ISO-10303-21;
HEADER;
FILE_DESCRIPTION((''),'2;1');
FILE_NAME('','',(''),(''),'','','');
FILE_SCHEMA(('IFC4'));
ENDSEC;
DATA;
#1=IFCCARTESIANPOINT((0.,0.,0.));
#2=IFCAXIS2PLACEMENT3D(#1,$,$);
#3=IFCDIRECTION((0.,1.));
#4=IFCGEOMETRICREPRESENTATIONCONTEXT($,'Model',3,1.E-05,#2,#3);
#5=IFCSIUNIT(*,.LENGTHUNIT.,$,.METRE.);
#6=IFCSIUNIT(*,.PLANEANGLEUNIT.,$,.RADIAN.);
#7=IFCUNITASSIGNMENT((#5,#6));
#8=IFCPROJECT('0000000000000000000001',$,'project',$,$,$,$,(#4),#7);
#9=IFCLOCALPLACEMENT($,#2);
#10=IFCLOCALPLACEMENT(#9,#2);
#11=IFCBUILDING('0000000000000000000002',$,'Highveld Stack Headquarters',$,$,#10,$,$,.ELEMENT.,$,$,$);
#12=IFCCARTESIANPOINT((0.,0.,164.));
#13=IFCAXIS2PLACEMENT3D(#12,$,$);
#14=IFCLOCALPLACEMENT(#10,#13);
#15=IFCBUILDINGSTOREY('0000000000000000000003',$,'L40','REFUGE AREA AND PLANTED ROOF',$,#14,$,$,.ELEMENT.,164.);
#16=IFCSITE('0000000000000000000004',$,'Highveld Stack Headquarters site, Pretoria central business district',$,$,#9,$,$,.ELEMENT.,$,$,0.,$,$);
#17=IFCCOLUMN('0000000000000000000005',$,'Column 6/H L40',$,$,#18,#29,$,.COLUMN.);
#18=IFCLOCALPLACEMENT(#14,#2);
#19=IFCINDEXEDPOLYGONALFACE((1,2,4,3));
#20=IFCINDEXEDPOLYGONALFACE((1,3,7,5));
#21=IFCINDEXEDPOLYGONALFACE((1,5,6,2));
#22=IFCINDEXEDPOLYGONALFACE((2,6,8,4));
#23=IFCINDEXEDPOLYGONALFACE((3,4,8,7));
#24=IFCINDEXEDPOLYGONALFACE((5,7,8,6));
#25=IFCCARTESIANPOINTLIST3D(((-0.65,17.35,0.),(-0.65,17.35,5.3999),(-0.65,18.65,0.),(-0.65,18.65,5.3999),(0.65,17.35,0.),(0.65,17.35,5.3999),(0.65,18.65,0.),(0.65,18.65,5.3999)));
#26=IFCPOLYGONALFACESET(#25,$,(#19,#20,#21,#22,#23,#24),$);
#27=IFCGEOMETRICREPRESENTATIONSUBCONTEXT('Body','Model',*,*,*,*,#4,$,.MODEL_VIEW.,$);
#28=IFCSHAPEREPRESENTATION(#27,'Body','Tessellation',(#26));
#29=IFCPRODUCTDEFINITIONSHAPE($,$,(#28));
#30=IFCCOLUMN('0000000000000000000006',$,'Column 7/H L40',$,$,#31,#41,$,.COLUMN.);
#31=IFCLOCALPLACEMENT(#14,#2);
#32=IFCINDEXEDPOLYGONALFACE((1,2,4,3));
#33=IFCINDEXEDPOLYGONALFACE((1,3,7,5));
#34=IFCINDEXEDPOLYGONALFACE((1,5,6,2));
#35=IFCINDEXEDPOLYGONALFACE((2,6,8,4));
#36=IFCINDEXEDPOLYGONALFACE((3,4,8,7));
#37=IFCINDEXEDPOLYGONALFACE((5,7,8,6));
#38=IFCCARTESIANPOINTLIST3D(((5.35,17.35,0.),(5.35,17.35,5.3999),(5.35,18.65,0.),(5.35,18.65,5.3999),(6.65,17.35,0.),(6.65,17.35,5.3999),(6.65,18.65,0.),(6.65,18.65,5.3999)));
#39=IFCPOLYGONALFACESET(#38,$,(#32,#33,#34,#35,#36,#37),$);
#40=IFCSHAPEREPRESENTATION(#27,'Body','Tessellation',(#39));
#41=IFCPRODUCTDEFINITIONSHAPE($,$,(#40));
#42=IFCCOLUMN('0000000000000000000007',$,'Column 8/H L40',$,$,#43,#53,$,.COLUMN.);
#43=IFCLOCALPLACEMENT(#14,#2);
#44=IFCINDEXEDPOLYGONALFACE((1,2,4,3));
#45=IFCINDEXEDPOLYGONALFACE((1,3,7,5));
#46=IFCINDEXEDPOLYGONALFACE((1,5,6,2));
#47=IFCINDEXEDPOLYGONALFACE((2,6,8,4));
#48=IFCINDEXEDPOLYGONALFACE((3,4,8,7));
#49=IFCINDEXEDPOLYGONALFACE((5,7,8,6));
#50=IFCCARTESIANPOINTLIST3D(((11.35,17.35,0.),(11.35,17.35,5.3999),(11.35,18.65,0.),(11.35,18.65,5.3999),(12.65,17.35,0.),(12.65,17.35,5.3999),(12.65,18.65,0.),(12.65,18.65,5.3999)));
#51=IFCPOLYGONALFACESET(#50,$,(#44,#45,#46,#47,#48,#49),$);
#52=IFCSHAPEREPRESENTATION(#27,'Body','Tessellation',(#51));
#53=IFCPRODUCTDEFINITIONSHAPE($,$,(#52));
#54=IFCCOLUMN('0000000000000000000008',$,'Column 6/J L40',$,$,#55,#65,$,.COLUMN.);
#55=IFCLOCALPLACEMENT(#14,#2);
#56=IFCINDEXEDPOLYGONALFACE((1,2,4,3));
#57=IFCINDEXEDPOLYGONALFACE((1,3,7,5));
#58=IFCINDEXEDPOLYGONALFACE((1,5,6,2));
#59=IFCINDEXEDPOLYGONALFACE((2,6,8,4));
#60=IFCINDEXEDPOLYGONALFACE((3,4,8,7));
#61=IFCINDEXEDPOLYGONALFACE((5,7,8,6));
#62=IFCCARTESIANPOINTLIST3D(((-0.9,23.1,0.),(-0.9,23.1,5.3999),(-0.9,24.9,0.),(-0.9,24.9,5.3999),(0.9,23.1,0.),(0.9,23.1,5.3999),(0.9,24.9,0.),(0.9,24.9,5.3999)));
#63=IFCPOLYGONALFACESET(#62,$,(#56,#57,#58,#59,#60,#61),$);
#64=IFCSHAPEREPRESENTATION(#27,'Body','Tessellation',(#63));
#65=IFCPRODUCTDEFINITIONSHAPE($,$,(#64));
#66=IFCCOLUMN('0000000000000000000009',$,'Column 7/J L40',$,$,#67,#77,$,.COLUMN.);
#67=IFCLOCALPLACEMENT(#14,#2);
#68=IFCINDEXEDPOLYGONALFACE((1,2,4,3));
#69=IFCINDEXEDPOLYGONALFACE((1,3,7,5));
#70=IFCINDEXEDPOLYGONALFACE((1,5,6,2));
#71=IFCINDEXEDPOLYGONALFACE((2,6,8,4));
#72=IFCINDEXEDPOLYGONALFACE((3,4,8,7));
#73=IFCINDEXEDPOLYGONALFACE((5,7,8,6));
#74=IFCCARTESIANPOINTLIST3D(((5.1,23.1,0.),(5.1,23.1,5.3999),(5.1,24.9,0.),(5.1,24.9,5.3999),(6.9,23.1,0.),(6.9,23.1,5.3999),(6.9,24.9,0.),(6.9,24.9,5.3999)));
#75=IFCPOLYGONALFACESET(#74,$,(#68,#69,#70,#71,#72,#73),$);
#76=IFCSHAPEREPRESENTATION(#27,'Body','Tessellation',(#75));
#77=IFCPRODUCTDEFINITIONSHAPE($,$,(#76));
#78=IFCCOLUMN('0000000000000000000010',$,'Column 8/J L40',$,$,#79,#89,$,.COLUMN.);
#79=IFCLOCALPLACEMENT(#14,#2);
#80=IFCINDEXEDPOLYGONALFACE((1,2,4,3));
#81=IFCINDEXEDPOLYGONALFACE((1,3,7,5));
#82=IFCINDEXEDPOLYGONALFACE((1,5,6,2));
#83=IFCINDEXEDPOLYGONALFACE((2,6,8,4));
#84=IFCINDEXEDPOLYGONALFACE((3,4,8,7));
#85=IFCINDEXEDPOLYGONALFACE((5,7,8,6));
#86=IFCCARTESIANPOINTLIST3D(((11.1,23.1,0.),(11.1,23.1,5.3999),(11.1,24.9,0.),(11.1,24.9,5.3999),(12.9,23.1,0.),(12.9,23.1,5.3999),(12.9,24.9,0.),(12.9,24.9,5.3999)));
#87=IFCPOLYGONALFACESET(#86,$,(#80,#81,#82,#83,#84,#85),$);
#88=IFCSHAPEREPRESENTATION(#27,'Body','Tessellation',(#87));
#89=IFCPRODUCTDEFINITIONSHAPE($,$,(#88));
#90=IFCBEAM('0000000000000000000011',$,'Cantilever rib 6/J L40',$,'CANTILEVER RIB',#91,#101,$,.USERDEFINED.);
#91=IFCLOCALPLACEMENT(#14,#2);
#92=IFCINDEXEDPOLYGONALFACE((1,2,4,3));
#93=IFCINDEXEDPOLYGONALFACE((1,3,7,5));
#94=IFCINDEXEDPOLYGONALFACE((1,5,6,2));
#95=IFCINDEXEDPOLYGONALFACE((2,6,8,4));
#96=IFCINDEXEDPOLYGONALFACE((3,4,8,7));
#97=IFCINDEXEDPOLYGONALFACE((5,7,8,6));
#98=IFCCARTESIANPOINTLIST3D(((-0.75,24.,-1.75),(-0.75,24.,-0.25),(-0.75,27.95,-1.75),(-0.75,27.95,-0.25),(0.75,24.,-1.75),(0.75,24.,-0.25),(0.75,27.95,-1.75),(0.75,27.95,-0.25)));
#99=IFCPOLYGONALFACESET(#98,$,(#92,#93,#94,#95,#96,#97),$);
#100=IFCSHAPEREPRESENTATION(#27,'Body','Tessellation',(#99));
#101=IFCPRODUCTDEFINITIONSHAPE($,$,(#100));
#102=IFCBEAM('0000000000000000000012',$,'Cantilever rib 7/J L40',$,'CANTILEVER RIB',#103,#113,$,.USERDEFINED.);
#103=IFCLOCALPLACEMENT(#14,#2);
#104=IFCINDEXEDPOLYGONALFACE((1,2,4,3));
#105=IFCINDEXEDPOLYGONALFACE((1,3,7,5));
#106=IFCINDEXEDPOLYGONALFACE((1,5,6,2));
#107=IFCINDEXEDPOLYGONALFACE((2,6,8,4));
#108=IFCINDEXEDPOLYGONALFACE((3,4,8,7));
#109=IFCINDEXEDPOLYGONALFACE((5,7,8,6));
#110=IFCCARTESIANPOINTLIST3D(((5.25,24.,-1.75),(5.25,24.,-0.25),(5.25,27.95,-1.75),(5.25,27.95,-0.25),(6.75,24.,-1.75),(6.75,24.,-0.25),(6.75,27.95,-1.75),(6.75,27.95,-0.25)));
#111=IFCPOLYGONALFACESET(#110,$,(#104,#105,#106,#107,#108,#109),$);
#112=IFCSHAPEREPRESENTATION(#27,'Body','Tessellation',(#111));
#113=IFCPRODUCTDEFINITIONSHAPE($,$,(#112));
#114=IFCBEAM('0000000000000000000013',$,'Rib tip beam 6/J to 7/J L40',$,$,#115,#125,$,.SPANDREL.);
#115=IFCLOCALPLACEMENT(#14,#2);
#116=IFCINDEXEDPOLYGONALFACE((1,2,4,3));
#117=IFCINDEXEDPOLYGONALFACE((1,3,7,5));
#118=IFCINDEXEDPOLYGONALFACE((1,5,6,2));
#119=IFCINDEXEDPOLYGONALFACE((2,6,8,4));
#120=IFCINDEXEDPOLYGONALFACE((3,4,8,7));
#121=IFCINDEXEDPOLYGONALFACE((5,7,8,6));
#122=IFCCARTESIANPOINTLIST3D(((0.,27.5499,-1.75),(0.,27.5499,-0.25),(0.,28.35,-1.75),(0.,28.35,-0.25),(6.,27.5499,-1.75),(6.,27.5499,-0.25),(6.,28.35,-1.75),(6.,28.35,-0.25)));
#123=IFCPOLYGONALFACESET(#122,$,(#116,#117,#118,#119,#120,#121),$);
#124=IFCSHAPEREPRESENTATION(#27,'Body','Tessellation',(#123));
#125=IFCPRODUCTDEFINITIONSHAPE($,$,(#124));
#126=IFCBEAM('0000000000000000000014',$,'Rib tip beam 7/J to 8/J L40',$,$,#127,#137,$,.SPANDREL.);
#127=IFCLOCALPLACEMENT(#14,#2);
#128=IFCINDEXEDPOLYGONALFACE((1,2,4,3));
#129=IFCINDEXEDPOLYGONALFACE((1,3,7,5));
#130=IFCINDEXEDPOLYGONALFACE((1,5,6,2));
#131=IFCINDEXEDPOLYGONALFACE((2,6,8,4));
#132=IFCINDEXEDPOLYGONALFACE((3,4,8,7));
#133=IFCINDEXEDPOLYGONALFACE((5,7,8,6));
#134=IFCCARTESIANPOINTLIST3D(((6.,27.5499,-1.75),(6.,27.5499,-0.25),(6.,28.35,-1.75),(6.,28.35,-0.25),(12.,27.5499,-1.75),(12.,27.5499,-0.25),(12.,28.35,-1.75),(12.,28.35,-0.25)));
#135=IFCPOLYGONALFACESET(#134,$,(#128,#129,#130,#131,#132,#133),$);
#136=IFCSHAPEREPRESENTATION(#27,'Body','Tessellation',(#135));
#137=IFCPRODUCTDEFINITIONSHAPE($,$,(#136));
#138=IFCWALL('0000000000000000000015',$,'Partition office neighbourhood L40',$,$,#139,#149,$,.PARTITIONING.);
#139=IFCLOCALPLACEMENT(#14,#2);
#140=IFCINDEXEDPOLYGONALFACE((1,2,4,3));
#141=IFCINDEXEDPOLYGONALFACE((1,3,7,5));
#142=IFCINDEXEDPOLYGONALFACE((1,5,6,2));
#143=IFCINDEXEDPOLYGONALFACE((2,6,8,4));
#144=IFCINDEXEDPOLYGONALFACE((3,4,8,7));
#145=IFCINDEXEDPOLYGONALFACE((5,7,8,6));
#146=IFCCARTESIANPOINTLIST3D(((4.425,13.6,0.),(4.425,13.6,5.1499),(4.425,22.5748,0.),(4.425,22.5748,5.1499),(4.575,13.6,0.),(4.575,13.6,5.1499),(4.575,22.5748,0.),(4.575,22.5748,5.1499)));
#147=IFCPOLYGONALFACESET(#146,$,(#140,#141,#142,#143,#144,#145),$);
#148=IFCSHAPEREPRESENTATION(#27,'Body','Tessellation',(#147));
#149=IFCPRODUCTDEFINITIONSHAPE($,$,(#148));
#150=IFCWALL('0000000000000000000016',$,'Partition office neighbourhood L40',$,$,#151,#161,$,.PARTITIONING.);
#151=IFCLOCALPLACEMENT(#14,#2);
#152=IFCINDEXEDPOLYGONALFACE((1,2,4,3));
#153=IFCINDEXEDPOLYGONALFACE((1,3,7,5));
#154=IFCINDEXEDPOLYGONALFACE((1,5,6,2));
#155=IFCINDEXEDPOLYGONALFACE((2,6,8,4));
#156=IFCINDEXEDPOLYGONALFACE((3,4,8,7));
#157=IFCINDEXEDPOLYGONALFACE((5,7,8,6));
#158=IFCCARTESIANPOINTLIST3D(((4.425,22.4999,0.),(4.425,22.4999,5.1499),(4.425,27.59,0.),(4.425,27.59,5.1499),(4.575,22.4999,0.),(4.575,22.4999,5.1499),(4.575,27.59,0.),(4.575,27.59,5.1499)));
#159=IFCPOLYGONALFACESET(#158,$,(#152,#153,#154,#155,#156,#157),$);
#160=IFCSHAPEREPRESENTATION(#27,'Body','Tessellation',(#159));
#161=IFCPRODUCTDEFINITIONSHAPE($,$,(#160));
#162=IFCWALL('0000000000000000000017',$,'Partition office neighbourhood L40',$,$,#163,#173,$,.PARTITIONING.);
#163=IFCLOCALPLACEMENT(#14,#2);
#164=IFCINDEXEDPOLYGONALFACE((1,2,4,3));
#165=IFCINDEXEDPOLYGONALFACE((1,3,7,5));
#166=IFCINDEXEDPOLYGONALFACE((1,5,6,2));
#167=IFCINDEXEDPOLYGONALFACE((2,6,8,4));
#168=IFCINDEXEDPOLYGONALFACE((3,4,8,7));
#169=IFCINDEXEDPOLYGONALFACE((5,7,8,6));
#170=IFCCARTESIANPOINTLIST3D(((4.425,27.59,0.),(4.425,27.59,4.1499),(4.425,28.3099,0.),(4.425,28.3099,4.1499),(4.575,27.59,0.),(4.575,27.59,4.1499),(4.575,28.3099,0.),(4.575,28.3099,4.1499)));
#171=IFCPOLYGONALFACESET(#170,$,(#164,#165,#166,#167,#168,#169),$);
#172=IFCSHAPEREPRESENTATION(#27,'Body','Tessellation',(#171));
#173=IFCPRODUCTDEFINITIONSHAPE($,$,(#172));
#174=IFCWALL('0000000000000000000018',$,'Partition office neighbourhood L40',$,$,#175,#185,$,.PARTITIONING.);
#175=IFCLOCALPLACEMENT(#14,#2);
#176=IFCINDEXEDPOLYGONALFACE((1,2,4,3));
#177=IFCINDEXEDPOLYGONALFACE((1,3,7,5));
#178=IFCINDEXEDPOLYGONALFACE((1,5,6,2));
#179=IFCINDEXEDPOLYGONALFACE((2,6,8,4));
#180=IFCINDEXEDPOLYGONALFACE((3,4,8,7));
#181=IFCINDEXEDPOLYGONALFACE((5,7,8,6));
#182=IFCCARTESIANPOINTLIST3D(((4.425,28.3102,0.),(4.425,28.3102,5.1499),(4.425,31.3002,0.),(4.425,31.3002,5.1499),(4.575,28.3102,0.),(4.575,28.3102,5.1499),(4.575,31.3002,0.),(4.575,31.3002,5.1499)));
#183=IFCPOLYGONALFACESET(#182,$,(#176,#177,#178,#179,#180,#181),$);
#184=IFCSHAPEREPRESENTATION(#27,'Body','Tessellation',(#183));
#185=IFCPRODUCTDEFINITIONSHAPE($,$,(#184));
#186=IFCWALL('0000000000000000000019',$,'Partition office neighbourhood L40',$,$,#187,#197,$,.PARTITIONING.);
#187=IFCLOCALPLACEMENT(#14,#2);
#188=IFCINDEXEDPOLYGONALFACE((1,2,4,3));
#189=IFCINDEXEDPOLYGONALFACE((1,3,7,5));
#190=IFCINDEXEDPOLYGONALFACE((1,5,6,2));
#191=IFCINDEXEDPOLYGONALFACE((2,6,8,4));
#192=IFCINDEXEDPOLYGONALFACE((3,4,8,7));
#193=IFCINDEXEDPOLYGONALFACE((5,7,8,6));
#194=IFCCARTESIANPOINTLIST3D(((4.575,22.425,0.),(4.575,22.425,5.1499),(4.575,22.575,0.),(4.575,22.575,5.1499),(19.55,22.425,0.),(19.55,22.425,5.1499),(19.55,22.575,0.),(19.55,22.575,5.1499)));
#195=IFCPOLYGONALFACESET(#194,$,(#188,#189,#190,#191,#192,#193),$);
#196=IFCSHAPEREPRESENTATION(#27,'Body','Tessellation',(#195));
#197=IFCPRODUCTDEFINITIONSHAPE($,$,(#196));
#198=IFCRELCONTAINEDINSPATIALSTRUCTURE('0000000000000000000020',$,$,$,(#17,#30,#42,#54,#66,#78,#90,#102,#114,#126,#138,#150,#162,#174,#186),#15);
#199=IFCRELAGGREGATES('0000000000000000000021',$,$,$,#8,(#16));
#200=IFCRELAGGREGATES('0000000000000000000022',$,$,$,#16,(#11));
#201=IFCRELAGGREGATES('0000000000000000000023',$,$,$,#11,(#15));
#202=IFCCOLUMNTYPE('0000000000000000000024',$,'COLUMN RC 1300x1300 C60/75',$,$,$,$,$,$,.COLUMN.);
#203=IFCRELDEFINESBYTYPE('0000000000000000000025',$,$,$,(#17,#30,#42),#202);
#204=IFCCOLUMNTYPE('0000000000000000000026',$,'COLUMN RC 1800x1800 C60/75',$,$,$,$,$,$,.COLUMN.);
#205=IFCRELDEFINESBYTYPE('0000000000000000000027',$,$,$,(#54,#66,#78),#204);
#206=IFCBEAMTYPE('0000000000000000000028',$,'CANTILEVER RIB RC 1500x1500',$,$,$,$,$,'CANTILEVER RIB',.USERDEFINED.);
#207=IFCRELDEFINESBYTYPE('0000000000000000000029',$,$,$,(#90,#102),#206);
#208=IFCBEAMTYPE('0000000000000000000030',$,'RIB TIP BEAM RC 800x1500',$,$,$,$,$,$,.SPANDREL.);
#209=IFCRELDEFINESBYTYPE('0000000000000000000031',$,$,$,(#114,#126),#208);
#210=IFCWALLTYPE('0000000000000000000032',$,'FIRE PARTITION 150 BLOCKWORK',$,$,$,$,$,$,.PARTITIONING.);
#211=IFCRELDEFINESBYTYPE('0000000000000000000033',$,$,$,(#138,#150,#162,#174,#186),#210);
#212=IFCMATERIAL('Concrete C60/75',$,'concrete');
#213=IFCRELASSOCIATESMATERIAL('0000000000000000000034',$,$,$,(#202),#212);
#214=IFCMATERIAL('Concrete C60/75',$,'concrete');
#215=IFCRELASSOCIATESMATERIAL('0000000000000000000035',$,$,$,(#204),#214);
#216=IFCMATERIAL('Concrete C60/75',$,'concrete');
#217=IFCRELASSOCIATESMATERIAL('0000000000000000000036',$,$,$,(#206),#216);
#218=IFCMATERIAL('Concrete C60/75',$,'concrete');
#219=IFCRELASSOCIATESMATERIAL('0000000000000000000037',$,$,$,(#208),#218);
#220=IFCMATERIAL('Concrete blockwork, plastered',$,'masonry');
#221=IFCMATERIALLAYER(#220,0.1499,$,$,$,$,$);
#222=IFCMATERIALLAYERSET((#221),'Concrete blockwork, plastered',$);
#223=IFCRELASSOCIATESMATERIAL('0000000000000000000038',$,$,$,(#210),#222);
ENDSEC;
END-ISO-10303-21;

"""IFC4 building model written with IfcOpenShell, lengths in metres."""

from ifc_helpers import new_model, si_unit, direction, frame, frame_2d, origin, origin_2d, place, context, subcontext, project, spatial, rectangle, extrude, material, layer, layer_set, material_profile, profile_set, type_object, element, save


model = new_model("IFC4")

# Units and contexts
model_context = context("Model", 3, precision=1e-05, world=origin(), true_north=direction((0.0, 1.0)))
body_context = subcontext(model_context, "Body", "Model", "MODEL_VIEW")
ifc_project = project(units=[si_unit("LENGTHUNIT", "METRE"), si_unit("PLANEANGLEUNIT", "RADIAN")], contexts=[model_context])

# Site, building, storey
site_placement = place(None, origin())
site = spatial("IfcSite", under=ifc_project, at=site_placement, Name="Highveld Stack Headquarters site, Pretoria central business district", CompositionType="ELEMENT", RefElevation=0.0)
building_placement = place(site_placement, origin())
building = spatial("IfcBuilding", under=site, at=building_placement, Name="Highveld Stack Headquarters", CompositionType="ELEMENT")
storey_placement = place(building_placement, frame((0.0, 0.0, 164.0)))
storey = spatial("IfcBuildingStorey", under=building, at=storey_placement, Name="L40", Description="REFUGE AREA AND PLANTED ROOF", CompositionType="ELEMENT", Elevation=164.0)

# Columns
ifc_material_1 = material(Name="Concrete C60/75", Category="concrete")
ifc_material_profile_1 = material_profile(ifc_material_1, rectangle(XDim=1.3, YDim=1.3, at=origin_2d()), Name="RC 1300x1300")
ifc_profile_set_1 = profile_set([ifc_material_profile_1], Name="Concrete C60/75")
column_type_1 = type_object("IfcColumnType", Name="COLUMN RC 1300x1300 C60/75", PredefinedType="COLUMN", material=ifc_profile_set_1)
for number, where, z_axis, x_axis, name in (
    (1, (0.0, 18.0, 0.0), (0.0, 0.0, 1.0), (1.0, 0.0, 0.0), "Column 6/H L40"),
    (2, (6.0, 18.0, 0.0), (0.0, 0.0, 1.0), (1.0, 0.0, 0.0), "Column 7/H L40"),
    (3, (12.0, 18.0, 0.0), (0.0, 0.0, 1.0), (1.0, 0.0, 0.0), "Column 8/H L40"),
):
    element("IfcColumn", number, at=place(storey_placement, frame(where, z_axis=z_axis, x_axis=x_axis)), inside=storey, type_object=column_type_1, Name=name, PredefinedType="COLUMN", context=body_context, shape_type="SweptSolid", body=[
        extrude(rectangle(XDim=1.3, YDim=1.3, at=origin_2d()), origin(), (0.0, 0.0, 1.0), 5.3999),
    ])
ifc_material_2 = material(Name="Concrete C60/75", Category="concrete")
ifc_material_profile_2 = material_profile(ifc_material_2, rectangle(XDim=1.8, YDim=1.8, at=origin_2d()), Name="RC 1800x1800")
ifc_profile_set_2 = profile_set([ifc_material_profile_2], Name="Concrete C60/75")
column_type_2 = type_object("IfcColumnType", Name="COLUMN RC 1800x1800 C60/75", PredefinedType="COLUMN", material=ifc_profile_set_2)
for number, where, z_axis, x_axis, name in (
    (4, (0.0, 24.0, 0.0), (0.0, 0.0, 1.0), (1.0, 0.0, 0.0), "Column 6/J L40"),
    (5, (6.0, 24.0, 0.0), (0.0, 0.0, 1.0), (1.0, 0.0, 0.0), "Column 7/J L40"),
    (6, (12.0, 24.0, 0.0), (0.0, 0.0, 1.0), (1.0, 0.0, 0.0), "Column 8/J L40"),
):
    element("IfcColumn", number, at=place(storey_placement, frame(where, z_axis=z_axis, x_axis=x_axis)), inside=storey, type_object=column_type_2, Name=name, PredefinedType="COLUMN", context=body_context, shape_type="SweptSolid", body=[
        extrude(rectangle(XDim=1.8, YDim=1.8, at=origin_2d()), origin(), (0.0, 0.0, 1.0), 5.3999),
    ])

# Beams
ifc_material_3 = material(Name="Concrete C60/75", Category="concrete")
ifc_material_profile_3 = material_profile(ifc_material_3, rectangle(XDim=1.5, YDim=1.5, at=origin_2d()), Name="RC 1500x1500")
ifc_profile_set_3 = profile_set([ifc_material_profile_3], Name="Concrete C60/75")
beam_type_1 = type_object("IfcBeamType", Name="CANTILEVER RIB RC 1500x1500", ElementType="CANTILEVER RIB", PredefinedType="USERDEFINED", material=ifc_profile_set_3)
for number, where, z_axis, x_axis, name in (
    (7, (0.0, 24.0, -1.0), (0.0, 1.0, 0.0), (-1.0, 0.0, 0.0), "Cantilever rib 6/J L40"),
    (8, (6.0, 24.0, -1.0), (0.0, 1.0, 0.0), (-1.0, 0.0, 0.0), "Cantilever rib 7/J L40"),
):
    element("IfcBeam", number, at=place(storey_placement, frame(where, z_axis=z_axis, x_axis=x_axis)), inside=storey, type_object=beam_type_1, Name=name, ObjectType="CANTILEVER RIB", PredefinedType="USERDEFINED", context=body_context, shape_type="SweptSolid", body=[
        extrude(rectangle(XDim=1.5, YDim=1.5, at=origin_2d()), origin(), (0.0, 0.0, 1.0), 3.95),
    ])
ifc_material_4 = material(Name="Concrete C60/75", Category="concrete")
ifc_material_profile_4 = material_profile(ifc_material_4, rectangle(XDim=0.8, YDim=1.5, at=origin_2d()), Name="RC 800x1500")
ifc_profile_set_4 = profile_set([ifc_material_profile_4], Name="Concrete C60/75")
beam_type_2 = type_object("IfcBeamType", Name="RIB TIP BEAM RC 800x1500", PredefinedType="SPANDREL", material=ifc_profile_set_4)
for number, where, z_axis, x_axis, name in (
    (9, (0.0, 27.95, -1.0), (1.0, 0.0, 0.0), (0.0, 1.0, 0.0), "Rib tip beam 6/J to 7/J L40"),
    (10, (6.0, 27.95, -1.0), (1.0, 0.0, 0.0), (0.0, 1.0, 0.0), "Rib tip beam 7/J to 8/J L40"),
):
    element("IfcBeam", number, at=place(storey_placement, frame(where, z_axis=z_axis, x_axis=x_axis)), inside=storey, type_object=beam_type_2, Name=name, PredefinedType="SPANDREL", context=body_context, shape_type="SweptSolid", body=[
        extrude(rectangle(XDim=0.8, YDim=1.5, at=origin_2d()), origin(), (0.0, 0.0, 1.0), 6.0),
    ])

# Walls
ifc_material_5 = material(Name="Concrete blockwork, plastered", Category="masonry")
ifc_layer_1 = layer(ifc_material_5, 0.1499)
ifc_layer_set_1 = layer_set([ifc_layer_1], Name="Concrete blockwork, plastered")
wall_type_1 = type_object("IfcWallType", Name="FIRE PARTITION 150 BLOCKWORK", PredefinedType="PARTITIONING", material=ifc_layer_set_1)
wall_1_placement = place(storey_placement, frame((4.5, 13.6001, 0.0), z_axis=(0.0, 0.0, 1.0), x_axis=(0.0, 1.0, 0.0)))
element("IfcWall", 11, at=wall_1_placement, inside=storey, type_object=wall_type_1, Name="Partition office neighbourhood L40", PredefinedType="PARTITIONING", context=body_context, shape_type="SweptSolid", body=[
    extrude(rectangle(XDim=8.9749, YDim=0.1499, at=frame_2d((4.4873, 0.0))), origin(), (0.0, 0.0, 1.0), 5.1499),
])
wall_2_placement = place(storey_placement, frame((4.5, 22.5, 0.0), z_axis=(0.0, 0.0, 1.0), x_axis=(0.0, 1.0, 0.0)))
element("IfcWall", 12, at=wall_2_placement, inside=storey, type_object=wall_type_1, Name="Partition office neighbourhood L40", PredefinedType="PARTITIONING", context=body_context, shape_type="SweptSolid", body=[
    extrude(rectangle(XDim=5.0901, YDim=0.1499, at=frame_2d((2.5449, 0.0))), origin(), (0.0, 0.0, 1.0), 5.1499),
])
wall_3_placement = place(storey_placement, frame((4.5, 27.5901, 0.0), z_axis=(0.0, 0.0, 1.0), x_axis=(0.0, 1.0, 0.0)))
element("IfcWall", 13, at=wall_3_placement, inside=storey, type_object=wall_type_1, Name="Partition office neighbourhood L40", PredefinedType="PARTITIONING", context=body_context, shape_type="SweptSolid", body=[
    extrude(rectangle(XDim=0.72, YDim=0.1499, at=frame_2d((0.3599, 0.0))), origin(), (0.0, 0.0, 1.0), 4.1499),
])
wall_4_placement = place(storey_placement, frame((4.5, 28.3101, 0.0), z_axis=(0.0, 0.0, 1.0), x_axis=(0.0, 1.0, 0.0)))
element("IfcWall", 14, at=wall_4_placement, inside=storey, type_object=wall_type_1, Name="Partition office neighbourhood L40", PredefinedType="PARTITIONING", context=body_context, shape_type="SweptSolid", body=[
    extrude(rectangle(XDim=2.99, YDim=0.1499, at=frame_2d((1.4951, 0.0))), origin(), (0.0, 0.0, 1.0), 5.1499),
])
wall_5_placement = place(storey_placement, frame((4.575, 22.5, 0.0), z_axis=(0.0, 0.0, 1.0), x_axis=(1.0, 0.0, 0.0)))
element("IfcWall", 15, at=wall_5_placement, inside=storey, type_object=wall_type_1, Name="Partition office neighbourhood L40", PredefinedType="PARTITIONING", context=body_context, shape_type="SweptSolid", body=[
    extrude(rectangle(XDim=14.9751, YDim=0.1499, at=frame_2d((7.4875, 0.0))), origin(), (0.0, 0.0, 1.0), 5.1499),
])

save(model, "model.ifc")
